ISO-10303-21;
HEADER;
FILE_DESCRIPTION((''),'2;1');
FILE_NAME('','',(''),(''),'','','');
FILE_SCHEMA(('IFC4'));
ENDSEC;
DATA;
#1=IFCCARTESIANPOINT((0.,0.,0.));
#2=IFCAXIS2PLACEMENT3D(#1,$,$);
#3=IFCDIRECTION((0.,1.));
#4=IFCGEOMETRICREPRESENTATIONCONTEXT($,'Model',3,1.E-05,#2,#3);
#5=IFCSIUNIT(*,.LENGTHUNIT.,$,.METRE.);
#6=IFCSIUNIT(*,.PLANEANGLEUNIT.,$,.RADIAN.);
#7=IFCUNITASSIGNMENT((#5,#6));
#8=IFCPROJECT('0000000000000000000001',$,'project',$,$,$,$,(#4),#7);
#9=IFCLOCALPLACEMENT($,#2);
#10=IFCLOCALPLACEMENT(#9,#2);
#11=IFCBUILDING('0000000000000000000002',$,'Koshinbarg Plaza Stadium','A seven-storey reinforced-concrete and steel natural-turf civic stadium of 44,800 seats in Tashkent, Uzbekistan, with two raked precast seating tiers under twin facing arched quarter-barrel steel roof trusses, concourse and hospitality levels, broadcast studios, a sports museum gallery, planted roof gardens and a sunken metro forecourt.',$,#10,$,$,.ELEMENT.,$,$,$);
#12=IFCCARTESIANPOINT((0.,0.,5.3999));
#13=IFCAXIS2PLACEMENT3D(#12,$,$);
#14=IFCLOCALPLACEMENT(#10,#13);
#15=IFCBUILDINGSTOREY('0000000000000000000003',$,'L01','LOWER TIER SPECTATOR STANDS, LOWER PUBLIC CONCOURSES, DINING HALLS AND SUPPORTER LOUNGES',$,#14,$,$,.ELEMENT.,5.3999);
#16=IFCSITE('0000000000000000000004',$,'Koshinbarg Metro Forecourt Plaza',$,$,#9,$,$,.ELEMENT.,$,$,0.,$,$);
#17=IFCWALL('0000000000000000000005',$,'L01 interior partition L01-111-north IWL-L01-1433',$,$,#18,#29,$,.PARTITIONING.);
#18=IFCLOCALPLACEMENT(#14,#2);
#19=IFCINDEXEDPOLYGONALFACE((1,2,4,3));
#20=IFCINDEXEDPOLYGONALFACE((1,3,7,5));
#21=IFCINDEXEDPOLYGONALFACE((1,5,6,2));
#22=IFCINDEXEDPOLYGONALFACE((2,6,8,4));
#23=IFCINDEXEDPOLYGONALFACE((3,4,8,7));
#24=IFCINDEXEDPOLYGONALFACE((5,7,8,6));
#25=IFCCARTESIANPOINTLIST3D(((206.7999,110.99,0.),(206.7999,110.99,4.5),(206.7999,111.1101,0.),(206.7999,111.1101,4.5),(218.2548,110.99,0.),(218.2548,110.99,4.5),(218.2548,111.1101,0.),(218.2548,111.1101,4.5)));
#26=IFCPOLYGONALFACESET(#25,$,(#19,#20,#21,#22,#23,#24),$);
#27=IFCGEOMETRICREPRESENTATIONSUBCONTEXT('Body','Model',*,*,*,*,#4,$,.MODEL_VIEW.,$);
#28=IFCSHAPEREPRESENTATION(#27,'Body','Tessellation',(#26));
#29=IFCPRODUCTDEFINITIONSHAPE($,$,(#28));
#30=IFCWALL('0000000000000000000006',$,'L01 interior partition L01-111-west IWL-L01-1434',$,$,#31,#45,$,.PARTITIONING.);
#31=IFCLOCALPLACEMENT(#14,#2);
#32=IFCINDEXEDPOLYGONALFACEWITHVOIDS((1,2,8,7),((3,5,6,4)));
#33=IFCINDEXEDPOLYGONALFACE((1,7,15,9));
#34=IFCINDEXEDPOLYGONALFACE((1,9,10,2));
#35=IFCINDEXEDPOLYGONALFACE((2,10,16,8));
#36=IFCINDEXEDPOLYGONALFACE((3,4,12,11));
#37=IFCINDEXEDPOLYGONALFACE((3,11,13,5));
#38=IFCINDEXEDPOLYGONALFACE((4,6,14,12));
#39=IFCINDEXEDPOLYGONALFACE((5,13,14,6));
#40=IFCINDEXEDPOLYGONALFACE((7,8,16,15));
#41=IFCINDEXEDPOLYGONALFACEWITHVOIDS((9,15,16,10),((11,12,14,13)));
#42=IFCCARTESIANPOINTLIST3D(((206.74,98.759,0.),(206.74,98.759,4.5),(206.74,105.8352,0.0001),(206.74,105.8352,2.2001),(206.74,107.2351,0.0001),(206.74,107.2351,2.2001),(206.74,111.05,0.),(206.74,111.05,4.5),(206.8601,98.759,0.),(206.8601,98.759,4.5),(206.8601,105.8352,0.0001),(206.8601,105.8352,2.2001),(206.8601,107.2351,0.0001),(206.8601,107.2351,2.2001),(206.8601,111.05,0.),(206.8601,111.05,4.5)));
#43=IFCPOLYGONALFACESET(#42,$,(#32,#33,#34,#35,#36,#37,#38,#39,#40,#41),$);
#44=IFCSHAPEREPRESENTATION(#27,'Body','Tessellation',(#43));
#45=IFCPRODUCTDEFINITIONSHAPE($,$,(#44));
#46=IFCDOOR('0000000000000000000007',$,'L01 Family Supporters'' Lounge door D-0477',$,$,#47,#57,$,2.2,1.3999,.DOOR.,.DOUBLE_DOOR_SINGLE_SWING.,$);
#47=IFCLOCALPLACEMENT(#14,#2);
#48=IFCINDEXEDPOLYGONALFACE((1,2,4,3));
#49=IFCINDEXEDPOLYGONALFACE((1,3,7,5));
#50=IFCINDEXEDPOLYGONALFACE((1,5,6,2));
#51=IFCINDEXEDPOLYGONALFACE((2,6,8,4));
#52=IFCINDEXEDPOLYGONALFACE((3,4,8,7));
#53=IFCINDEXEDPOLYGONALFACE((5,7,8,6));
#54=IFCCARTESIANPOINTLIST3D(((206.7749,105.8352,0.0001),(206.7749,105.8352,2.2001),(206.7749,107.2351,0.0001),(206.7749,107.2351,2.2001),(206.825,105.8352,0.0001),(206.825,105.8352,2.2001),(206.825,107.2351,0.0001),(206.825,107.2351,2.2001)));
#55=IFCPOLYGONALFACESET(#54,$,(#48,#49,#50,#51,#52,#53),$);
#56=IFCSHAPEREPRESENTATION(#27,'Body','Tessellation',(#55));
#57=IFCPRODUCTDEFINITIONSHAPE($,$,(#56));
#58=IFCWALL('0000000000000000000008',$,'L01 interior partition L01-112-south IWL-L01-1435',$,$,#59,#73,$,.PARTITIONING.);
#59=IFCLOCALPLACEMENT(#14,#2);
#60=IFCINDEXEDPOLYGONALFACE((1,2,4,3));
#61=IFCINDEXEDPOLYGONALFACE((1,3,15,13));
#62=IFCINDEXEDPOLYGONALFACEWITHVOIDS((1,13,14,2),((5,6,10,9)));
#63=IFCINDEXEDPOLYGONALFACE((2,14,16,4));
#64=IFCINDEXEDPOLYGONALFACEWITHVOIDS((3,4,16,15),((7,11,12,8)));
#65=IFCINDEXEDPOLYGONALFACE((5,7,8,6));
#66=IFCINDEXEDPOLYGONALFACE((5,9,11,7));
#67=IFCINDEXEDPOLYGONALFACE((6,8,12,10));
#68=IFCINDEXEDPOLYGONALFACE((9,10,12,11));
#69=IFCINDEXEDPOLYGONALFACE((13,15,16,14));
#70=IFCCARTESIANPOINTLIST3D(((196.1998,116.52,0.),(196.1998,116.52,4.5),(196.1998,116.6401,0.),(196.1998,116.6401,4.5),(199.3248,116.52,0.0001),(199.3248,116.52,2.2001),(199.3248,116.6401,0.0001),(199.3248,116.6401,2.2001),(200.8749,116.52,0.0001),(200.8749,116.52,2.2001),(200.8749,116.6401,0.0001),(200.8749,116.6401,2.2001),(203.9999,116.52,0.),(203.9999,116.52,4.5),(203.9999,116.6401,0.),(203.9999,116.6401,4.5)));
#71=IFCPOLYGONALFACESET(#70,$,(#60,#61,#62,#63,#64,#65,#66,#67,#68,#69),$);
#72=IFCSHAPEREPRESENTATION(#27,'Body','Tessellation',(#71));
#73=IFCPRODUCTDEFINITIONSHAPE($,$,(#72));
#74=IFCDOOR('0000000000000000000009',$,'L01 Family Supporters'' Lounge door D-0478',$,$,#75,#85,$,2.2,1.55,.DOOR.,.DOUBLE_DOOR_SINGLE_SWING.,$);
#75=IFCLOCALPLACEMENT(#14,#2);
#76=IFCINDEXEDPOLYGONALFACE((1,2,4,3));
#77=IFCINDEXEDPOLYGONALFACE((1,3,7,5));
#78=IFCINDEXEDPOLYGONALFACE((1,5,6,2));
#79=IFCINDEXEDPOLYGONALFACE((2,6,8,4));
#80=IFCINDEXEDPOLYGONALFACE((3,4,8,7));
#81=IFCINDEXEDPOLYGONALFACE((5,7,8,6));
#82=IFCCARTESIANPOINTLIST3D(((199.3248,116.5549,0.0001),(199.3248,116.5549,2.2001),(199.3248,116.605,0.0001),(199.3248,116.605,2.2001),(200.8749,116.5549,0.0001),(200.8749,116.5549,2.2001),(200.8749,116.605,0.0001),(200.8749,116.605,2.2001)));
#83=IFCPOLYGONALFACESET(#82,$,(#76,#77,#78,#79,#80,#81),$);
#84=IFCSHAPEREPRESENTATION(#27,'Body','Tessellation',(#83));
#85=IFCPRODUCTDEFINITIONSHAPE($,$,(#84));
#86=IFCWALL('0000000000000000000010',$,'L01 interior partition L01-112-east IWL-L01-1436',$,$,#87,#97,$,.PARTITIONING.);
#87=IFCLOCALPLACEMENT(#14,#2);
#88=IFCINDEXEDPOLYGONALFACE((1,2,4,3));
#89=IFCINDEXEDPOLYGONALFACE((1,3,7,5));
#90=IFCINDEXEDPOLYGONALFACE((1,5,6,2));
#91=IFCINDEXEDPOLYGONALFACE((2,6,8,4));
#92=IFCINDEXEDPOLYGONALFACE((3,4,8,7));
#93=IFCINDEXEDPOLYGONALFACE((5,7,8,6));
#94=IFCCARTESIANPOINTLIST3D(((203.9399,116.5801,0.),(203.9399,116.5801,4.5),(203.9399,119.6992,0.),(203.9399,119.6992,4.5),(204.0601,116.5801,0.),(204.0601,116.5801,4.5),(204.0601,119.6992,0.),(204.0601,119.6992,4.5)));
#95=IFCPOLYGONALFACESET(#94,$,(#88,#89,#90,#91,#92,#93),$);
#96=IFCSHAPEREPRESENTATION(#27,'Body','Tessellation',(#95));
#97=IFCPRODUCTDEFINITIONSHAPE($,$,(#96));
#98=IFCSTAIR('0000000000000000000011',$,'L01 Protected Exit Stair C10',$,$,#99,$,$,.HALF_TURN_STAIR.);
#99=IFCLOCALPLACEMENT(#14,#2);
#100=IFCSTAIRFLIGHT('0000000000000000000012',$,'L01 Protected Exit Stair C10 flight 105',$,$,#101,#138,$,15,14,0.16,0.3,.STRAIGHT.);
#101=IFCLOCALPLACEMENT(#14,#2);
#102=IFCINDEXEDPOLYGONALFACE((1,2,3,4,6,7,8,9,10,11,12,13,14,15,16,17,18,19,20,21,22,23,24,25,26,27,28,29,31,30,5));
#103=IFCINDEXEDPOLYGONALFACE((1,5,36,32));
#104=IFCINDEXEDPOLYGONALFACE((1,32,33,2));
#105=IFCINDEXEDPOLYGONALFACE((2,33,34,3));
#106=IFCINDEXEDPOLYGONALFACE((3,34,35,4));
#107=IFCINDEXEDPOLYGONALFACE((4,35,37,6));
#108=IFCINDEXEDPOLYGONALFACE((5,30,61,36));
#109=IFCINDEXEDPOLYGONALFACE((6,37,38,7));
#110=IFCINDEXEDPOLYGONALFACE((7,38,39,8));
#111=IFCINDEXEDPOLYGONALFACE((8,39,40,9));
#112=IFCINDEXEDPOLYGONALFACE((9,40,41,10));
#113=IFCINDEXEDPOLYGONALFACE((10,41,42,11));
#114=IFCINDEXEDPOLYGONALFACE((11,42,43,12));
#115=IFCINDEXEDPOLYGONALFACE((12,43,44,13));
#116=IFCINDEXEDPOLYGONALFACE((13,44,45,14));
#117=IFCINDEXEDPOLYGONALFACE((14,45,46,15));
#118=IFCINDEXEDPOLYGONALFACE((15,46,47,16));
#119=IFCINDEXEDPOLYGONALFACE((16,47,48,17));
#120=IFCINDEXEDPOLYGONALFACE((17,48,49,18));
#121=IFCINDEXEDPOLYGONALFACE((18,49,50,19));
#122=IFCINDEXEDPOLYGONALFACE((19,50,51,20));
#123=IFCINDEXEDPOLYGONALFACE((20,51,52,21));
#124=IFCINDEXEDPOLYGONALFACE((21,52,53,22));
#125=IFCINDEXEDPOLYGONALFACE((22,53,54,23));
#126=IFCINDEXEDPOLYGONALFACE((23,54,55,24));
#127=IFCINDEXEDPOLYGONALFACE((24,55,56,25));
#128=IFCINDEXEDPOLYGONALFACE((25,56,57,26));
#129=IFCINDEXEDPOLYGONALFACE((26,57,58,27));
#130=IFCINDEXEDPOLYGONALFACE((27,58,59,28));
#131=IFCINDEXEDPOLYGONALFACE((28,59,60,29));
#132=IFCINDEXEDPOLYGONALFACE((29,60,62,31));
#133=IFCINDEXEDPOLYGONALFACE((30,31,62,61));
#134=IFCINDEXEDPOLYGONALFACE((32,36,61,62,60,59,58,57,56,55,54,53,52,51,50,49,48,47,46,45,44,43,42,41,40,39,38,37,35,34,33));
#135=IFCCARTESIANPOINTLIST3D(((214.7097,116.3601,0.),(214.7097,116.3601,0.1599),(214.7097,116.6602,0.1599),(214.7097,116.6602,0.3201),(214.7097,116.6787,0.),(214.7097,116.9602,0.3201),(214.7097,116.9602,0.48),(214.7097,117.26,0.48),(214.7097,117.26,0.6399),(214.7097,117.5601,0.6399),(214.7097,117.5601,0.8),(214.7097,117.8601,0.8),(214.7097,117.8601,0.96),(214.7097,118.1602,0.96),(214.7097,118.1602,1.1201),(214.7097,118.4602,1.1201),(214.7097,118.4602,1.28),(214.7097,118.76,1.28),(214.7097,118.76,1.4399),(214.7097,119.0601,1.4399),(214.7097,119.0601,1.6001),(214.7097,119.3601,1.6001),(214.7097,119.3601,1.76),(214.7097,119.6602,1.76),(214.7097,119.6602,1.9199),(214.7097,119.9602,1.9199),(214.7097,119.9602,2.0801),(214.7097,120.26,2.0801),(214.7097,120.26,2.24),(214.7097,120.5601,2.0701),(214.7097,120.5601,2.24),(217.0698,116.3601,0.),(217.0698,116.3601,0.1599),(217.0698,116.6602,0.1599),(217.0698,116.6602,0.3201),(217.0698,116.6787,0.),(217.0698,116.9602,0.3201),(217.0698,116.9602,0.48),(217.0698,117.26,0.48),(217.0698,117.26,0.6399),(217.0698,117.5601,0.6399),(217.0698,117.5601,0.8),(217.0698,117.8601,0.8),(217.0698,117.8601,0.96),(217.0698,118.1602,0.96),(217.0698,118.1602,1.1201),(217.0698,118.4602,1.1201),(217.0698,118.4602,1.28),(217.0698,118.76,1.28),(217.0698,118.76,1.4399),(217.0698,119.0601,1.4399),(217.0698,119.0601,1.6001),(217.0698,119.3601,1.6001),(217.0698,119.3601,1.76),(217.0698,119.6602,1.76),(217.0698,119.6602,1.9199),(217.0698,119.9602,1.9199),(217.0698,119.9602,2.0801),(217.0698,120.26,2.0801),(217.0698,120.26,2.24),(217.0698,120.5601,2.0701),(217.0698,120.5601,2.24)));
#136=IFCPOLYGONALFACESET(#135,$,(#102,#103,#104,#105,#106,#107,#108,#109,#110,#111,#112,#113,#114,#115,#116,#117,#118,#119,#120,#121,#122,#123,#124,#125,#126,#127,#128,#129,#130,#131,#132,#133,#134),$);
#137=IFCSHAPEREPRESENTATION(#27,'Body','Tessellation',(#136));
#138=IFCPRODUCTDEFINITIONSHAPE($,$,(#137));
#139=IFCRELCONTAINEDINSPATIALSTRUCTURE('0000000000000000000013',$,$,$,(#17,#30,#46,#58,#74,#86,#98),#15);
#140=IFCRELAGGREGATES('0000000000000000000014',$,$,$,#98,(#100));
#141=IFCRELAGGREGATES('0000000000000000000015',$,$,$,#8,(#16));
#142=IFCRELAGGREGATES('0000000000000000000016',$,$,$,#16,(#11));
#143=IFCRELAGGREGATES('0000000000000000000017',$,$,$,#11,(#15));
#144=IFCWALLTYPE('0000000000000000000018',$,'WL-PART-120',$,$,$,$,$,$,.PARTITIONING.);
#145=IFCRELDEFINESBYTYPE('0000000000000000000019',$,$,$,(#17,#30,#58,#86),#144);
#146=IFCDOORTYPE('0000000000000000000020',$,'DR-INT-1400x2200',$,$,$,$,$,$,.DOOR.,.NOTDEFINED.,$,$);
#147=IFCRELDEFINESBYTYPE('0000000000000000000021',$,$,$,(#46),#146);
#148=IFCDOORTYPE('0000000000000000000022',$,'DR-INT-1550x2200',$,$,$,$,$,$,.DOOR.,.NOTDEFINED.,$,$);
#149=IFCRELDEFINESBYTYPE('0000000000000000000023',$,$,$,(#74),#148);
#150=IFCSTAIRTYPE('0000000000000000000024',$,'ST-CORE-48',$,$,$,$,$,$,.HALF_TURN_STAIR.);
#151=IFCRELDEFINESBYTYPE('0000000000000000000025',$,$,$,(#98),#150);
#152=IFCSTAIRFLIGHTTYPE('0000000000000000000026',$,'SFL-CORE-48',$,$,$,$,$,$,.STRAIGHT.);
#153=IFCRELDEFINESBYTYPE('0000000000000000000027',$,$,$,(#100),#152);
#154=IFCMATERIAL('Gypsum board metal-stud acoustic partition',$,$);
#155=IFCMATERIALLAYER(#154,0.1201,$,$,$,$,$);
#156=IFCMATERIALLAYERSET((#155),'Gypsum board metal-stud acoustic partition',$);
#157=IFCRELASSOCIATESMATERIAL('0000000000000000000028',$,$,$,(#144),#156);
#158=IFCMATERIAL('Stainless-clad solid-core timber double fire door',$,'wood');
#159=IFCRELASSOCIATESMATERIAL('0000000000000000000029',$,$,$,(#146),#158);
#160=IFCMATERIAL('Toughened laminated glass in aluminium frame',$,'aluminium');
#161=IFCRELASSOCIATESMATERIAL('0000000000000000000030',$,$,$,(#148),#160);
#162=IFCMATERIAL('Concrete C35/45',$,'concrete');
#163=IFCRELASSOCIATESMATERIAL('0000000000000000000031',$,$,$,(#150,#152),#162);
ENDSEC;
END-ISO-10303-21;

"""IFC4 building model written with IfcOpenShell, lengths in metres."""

from ifc_helpers import new_model, si_unit, direction, frame, frame_2d, origin, place, context, subcontext, project, spatial, polyline, rectangle, outline, extrude, material, layer, layer_set, type_object, element, fill, aggregate, save


model = new_model("IFC4")

# Units and contexts
model_context = context("Model", 3, precision=1e-05, world=origin(), true_north=direction((0.0, 1.0)))
body_context = subcontext(model_context, "Body", "Model", "MODEL_VIEW")
ifc_project = project(units=[si_unit("LENGTHUNIT", "METRE"), si_unit("PLANEANGLEUNIT", "RADIAN")], contexts=[model_context])

# Site, building, storey
site_placement = place(None, origin())
site = spatial("IfcSite", under=ifc_project, at=site_placement, Name="Koshinbarg Metro Forecourt Plaza", CompositionType="ELEMENT", RefElevation=0.0)
building_placement = place(site_placement, origin())
building = spatial("IfcBuilding", under=site, at=building_placement, Name="Koshinbarg Plaza Stadium", Description="A seven-storey reinforced-concrete and steel natural-turf civic stadium of 44,800 seats in Tashkent, Uzbekistan, with two raked precast seating tiers under twin facing arched quarter-barrel steel roof trusses, concourse and hospitality levels, broadcast studios, a sports museum gallery, planted roof gardens and a sunken metro forecourt.", CompositionType="ELEMENT")
storey_placement = place(building_placement, frame((0.0, 0.0, 5.3999)))
storey = spatial("IfcBuildingStorey", under=building, at=storey_placement, Name="L01", Description="LOWER TIER SPECTATOR STANDS, LOWER PUBLIC CONCOURSES, DINING HALLS AND SUPPORTER LOUNGES", CompositionType="ELEMENT", Elevation=5.3999)

# Wall
ifc_material_1 = material(Name="Gypsum board metal-stud acoustic partition")
ifc_layer_1 = layer(ifc_material_1, 0.1201)
ifc_layer_set_1 = layer_set([ifc_layer_1], Name="Gypsum board metal-stud acoustic partition")
wall_type_1 = type_object("IfcWallType", Name="WL-PART-120", PredefinedType="PARTITIONING", material=ifc_layer_set_1)
wall_1_placement = place(storey_placement, frame((218.2549, 111.05, 0.0), z_axis=(0.0, 0.0, 1.0), x_axis=(-1.0, 0.0, 0.0)))
element("IfcWall", 1, at=wall_1_placement, inside=storey, type_object=wall_type_1, Name="L01 interior partition L01-111-north IWL-L01-1433", PredefinedType="PARTITIONING", context=body_context, shape_type="SweptSolid", body=[
    extrude(rectangle(XDim=11.4548, YDim=0.1201, at=frame_2d((5.7275, 0.0))), origin(), (0.0, 0.0, 1.0), 4.5),
])

# Walls, openings, doors
wall_2_placement = place(storey_placement, frame((206.8, 111.05, 0.0), z_axis=(0.0, 0.0, 1.0), x_axis=(0.0, -1.0, 0.0)))
wall_2 = element("IfcWall", 2, at=wall_2_placement, inside=storey, type_object=wall_type_1, Name="L01 interior partition L01-111-west IWL-L01-1434", PredefinedType="PARTITIONING", context=body_context, shape_type="SweptSolid", body=[
    extrude(rectangle(XDim=12.291, YDim=0.1201, at=frame_2d((6.1455, 0.0))), origin(), (0.0, 0.0, 1.0), 4.5),
])
opening_1_placement = place(wall_2_placement, frame((3.8149, 0.0, 0.0)))
opening_1 = element("IfcOpeningElement", 3, at=opening_1_placement, cuts=wall_2, PredefinedType="OPENING", context=body_context, shape_type="SweptSolid", body=[
    extrude(rectangle(XDim=1.3999, YDim=2.2, at=frame_2d((0.7, 1.1001))), frame((0.0, 0.0701, 0.0), z_axis=(0.0, -1.0, 0.0), x_axis=(1.0, 0.0, 0.0)), (0.0, 0.0, 1.0), 0.1401),
])
ifc_material_2 = material(Name="Stainless-clad solid-core timber double fire door", Category="wood")
door_type_1 = type_object("IfcDoorType", Name="DR-INT-1400x2200", OperationType="NOTDEFINED", PredefinedType="DOOR", material=ifc_material_2)
door_1_placement = place(opening_1_placement, origin())
door_1 = element("IfcDoor", 4, at=door_1_placement, inside=storey, type_object=door_type_1, Name="L01 Family Supporters' Lounge door D-0477", OperationType="DOUBLE_DOOR_SINGLE_SWING", OverallHeight=2.2, OverallWidth=1.3999, PredefinedType="DOOR", context=body_context, shape_type="SweptSolid", body=[
    extrude(rectangle(XDim=1.3999, YDim=2.2, at=frame_2d((0.7, 1.1001))), frame((0.0, 0.0249, 0.0), z_axis=(0.0, -1.0, 0.0), x_axis=(1.0, 0.0, 0.0)), (0.0, 0.0, 1.0), 0.05),
])
fill(opening_1, door_1)
wall_3_placement = place(storey_placement, frame((196.2, 116.5801, 0.0), z_axis=(0.0, 0.0, 1.0), x_axis=(1.0, 0.0, 0.0)))
wall_3 = element("IfcWall", 5, at=wall_3_placement, inside=storey, type_object=wall_type_1, Name="L01 interior partition L01-112-south IWL-L01-1435", PredefinedType="PARTITIONING", context=body_context, shape_type="SweptSolid", body=[
    extrude(rectangle(XDim=7.8, YDim=0.1201, at=frame_2d((3.8999, 0.0))), origin(), (0.0, 0.0, 1.0), 4.5),
])
opening_2_placement = place(wall_3_placement, frame((3.125, 0.0, 0.0)))
opening_2 = element("IfcOpeningElement", 6, at=opening_2_placement, cuts=wall_3, PredefinedType="OPENING", context=body_context, shape_type="SweptSolid", body=[
    extrude(rectangle(XDim=1.55, YDim=2.2, at=frame_2d((0.7749, 1.1001))), frame((0.0, 0.0701, 0.0), z_axis=(0.0, -1.0, 0.0), x_axis=(1.0, 0.0, 0.0)), (0.0, 0.0, 1.0), 0.1401),
])
ifc_material_3 = material(Name="Toughened laminated glass in aluminium frame", Category="aluminium")
door_type_2 = type_object("IfcDoorType", Name="DR-INT-1550x2200", OperationType="NOTDEFINED", PredefinedType="DOOR", material=ifc_material_3)
door_2_placement = place(opening_2_placement, origin())
door_2 = element("IfcDoor", 7, at=door_2_placement, inside=storey, type_object=door_type_2, Name="L01 Family Supporters' Lounge door D-0478", OperationType="DOUBLE_DOOR_SINGLE_SWING", OverallHeight=2.2, OverallWidth=1.55, PredefinedType="DOOR", context=body_context, shape_type="SweptSolid", body=[
    extrude(rectangle(XDim=1.55, YDim=2.2, at=frame_2d((0.7749, 1.1001))), frame((0.0, 0.0249, 0.0), z_axis=(0.0, -1.0, 0.0), x_axis=(1.0, 0.0, 0.0)), (0.0, 0.0, 1.0), 0.05),
])
fill(opening_2, door_2)

# Wall
wall_4_placement = place(storey_placement, frame((204.0, 116.5801, 0.0), z_axis=(0.0, 0.0, 1.0), x_axis=(0.0, 1.0, 0.0)))
element("IfcWall", 8, at=wall_4_placement, inside=storey, type_object=wall_type_1, Name="L01 interior partition L01-112-east IWL-L01-1436", PredefinedType="PARTITIONING", context=body_context, shape_type="SweptSolid", body=[
    extrude(rectangle(XDim=3.1191, YDim=0.1201, at=frame_2d((1.5596, 0.0))), origin(), (0.0, 0.0, 1.0), 4.5),
])

# Stair, stair flight
ifc_material_4 = material(Name="Concrete C35/45", Category="concrete")
stair_type = type_object("IfcStairType", Name="ST-CORE-48", PredefinedType="HALF_TURN_STAIR", material=ifc_material_4)
stair_placement = place(storey_placement, origin())
stair = element("IfcStair", 9, at=stair_placement, inside=storey, type_object=stair_type, Name="L01 Protected Exit Stair C10", PredefinedType="HALF_TURN_STAIR")
stair_flight_type = type_object("IfcStairFlightType", Name="SFL-CORE-48", PredefinedType="STRAIGHT", material=ifc_material_4)
stair_flight_placement = place(storey_placement, frame((215.8899, 116.3601, 0.0), z_axis=(0.0, 0.0, 1.0), x_axis=(0.0, 1.0, 0.0)))
stair_flight = element("IfcStairFlight", 10, at=stair_flight_placement, type_object=stair_flight_type, Name="L01 Protected Exit Stair C10 flight 105", NumberOfRisers=15, NumberOfTreads=14, PredefinedType="STRAIGHT", RiserHeight=0.16, TreadLength=0.3, context=body_context, shape_type="SweptSolid", body=[
    extrude(outline(polyline([(0.0, 0.0), (0.0, 0.1599), (0.3, 0.1599), (0.3, 0.3201), (0.6001, 0.3201), (0.6001, 0.48), (0.8999, 0.48), (0.8999, 0.6399), (1.2, 0.6399), (1.2, 0.8), (1.5, 0.8), (1.5, 0.96), (1.8, 0.96), (1.8, 1.1201), (2.1001, 1.1201), (2.1001, 1.28), (2.3999, 1.28), (2.3999, 1.4399), (2.7, 1.4399), (2.7, 1.6001), (3.0, 1.6001), (3.0, 1.76), (3.3, 1.76), (3.3, 1.9199), (3.6001, 1.9199), (3.6001, 2.0801), (3.8999, 2.0801), (3.8999, 2.24), (4.2, 2.24), (4.2, 2.3999), (4.2, 2.0701), (0.3186, 0.0), (0.0, 0.0)])), frame((0.0, 1.1802, 0.0), z_axis=(0.0, -1.0, 0.0), x_axis=(1.0, 0.0, 0.0)), (0.0, 0.0, 1.0), 2.3601),
])
aggregate(stair, [stair_flight])

save(model, "model.ifc")
